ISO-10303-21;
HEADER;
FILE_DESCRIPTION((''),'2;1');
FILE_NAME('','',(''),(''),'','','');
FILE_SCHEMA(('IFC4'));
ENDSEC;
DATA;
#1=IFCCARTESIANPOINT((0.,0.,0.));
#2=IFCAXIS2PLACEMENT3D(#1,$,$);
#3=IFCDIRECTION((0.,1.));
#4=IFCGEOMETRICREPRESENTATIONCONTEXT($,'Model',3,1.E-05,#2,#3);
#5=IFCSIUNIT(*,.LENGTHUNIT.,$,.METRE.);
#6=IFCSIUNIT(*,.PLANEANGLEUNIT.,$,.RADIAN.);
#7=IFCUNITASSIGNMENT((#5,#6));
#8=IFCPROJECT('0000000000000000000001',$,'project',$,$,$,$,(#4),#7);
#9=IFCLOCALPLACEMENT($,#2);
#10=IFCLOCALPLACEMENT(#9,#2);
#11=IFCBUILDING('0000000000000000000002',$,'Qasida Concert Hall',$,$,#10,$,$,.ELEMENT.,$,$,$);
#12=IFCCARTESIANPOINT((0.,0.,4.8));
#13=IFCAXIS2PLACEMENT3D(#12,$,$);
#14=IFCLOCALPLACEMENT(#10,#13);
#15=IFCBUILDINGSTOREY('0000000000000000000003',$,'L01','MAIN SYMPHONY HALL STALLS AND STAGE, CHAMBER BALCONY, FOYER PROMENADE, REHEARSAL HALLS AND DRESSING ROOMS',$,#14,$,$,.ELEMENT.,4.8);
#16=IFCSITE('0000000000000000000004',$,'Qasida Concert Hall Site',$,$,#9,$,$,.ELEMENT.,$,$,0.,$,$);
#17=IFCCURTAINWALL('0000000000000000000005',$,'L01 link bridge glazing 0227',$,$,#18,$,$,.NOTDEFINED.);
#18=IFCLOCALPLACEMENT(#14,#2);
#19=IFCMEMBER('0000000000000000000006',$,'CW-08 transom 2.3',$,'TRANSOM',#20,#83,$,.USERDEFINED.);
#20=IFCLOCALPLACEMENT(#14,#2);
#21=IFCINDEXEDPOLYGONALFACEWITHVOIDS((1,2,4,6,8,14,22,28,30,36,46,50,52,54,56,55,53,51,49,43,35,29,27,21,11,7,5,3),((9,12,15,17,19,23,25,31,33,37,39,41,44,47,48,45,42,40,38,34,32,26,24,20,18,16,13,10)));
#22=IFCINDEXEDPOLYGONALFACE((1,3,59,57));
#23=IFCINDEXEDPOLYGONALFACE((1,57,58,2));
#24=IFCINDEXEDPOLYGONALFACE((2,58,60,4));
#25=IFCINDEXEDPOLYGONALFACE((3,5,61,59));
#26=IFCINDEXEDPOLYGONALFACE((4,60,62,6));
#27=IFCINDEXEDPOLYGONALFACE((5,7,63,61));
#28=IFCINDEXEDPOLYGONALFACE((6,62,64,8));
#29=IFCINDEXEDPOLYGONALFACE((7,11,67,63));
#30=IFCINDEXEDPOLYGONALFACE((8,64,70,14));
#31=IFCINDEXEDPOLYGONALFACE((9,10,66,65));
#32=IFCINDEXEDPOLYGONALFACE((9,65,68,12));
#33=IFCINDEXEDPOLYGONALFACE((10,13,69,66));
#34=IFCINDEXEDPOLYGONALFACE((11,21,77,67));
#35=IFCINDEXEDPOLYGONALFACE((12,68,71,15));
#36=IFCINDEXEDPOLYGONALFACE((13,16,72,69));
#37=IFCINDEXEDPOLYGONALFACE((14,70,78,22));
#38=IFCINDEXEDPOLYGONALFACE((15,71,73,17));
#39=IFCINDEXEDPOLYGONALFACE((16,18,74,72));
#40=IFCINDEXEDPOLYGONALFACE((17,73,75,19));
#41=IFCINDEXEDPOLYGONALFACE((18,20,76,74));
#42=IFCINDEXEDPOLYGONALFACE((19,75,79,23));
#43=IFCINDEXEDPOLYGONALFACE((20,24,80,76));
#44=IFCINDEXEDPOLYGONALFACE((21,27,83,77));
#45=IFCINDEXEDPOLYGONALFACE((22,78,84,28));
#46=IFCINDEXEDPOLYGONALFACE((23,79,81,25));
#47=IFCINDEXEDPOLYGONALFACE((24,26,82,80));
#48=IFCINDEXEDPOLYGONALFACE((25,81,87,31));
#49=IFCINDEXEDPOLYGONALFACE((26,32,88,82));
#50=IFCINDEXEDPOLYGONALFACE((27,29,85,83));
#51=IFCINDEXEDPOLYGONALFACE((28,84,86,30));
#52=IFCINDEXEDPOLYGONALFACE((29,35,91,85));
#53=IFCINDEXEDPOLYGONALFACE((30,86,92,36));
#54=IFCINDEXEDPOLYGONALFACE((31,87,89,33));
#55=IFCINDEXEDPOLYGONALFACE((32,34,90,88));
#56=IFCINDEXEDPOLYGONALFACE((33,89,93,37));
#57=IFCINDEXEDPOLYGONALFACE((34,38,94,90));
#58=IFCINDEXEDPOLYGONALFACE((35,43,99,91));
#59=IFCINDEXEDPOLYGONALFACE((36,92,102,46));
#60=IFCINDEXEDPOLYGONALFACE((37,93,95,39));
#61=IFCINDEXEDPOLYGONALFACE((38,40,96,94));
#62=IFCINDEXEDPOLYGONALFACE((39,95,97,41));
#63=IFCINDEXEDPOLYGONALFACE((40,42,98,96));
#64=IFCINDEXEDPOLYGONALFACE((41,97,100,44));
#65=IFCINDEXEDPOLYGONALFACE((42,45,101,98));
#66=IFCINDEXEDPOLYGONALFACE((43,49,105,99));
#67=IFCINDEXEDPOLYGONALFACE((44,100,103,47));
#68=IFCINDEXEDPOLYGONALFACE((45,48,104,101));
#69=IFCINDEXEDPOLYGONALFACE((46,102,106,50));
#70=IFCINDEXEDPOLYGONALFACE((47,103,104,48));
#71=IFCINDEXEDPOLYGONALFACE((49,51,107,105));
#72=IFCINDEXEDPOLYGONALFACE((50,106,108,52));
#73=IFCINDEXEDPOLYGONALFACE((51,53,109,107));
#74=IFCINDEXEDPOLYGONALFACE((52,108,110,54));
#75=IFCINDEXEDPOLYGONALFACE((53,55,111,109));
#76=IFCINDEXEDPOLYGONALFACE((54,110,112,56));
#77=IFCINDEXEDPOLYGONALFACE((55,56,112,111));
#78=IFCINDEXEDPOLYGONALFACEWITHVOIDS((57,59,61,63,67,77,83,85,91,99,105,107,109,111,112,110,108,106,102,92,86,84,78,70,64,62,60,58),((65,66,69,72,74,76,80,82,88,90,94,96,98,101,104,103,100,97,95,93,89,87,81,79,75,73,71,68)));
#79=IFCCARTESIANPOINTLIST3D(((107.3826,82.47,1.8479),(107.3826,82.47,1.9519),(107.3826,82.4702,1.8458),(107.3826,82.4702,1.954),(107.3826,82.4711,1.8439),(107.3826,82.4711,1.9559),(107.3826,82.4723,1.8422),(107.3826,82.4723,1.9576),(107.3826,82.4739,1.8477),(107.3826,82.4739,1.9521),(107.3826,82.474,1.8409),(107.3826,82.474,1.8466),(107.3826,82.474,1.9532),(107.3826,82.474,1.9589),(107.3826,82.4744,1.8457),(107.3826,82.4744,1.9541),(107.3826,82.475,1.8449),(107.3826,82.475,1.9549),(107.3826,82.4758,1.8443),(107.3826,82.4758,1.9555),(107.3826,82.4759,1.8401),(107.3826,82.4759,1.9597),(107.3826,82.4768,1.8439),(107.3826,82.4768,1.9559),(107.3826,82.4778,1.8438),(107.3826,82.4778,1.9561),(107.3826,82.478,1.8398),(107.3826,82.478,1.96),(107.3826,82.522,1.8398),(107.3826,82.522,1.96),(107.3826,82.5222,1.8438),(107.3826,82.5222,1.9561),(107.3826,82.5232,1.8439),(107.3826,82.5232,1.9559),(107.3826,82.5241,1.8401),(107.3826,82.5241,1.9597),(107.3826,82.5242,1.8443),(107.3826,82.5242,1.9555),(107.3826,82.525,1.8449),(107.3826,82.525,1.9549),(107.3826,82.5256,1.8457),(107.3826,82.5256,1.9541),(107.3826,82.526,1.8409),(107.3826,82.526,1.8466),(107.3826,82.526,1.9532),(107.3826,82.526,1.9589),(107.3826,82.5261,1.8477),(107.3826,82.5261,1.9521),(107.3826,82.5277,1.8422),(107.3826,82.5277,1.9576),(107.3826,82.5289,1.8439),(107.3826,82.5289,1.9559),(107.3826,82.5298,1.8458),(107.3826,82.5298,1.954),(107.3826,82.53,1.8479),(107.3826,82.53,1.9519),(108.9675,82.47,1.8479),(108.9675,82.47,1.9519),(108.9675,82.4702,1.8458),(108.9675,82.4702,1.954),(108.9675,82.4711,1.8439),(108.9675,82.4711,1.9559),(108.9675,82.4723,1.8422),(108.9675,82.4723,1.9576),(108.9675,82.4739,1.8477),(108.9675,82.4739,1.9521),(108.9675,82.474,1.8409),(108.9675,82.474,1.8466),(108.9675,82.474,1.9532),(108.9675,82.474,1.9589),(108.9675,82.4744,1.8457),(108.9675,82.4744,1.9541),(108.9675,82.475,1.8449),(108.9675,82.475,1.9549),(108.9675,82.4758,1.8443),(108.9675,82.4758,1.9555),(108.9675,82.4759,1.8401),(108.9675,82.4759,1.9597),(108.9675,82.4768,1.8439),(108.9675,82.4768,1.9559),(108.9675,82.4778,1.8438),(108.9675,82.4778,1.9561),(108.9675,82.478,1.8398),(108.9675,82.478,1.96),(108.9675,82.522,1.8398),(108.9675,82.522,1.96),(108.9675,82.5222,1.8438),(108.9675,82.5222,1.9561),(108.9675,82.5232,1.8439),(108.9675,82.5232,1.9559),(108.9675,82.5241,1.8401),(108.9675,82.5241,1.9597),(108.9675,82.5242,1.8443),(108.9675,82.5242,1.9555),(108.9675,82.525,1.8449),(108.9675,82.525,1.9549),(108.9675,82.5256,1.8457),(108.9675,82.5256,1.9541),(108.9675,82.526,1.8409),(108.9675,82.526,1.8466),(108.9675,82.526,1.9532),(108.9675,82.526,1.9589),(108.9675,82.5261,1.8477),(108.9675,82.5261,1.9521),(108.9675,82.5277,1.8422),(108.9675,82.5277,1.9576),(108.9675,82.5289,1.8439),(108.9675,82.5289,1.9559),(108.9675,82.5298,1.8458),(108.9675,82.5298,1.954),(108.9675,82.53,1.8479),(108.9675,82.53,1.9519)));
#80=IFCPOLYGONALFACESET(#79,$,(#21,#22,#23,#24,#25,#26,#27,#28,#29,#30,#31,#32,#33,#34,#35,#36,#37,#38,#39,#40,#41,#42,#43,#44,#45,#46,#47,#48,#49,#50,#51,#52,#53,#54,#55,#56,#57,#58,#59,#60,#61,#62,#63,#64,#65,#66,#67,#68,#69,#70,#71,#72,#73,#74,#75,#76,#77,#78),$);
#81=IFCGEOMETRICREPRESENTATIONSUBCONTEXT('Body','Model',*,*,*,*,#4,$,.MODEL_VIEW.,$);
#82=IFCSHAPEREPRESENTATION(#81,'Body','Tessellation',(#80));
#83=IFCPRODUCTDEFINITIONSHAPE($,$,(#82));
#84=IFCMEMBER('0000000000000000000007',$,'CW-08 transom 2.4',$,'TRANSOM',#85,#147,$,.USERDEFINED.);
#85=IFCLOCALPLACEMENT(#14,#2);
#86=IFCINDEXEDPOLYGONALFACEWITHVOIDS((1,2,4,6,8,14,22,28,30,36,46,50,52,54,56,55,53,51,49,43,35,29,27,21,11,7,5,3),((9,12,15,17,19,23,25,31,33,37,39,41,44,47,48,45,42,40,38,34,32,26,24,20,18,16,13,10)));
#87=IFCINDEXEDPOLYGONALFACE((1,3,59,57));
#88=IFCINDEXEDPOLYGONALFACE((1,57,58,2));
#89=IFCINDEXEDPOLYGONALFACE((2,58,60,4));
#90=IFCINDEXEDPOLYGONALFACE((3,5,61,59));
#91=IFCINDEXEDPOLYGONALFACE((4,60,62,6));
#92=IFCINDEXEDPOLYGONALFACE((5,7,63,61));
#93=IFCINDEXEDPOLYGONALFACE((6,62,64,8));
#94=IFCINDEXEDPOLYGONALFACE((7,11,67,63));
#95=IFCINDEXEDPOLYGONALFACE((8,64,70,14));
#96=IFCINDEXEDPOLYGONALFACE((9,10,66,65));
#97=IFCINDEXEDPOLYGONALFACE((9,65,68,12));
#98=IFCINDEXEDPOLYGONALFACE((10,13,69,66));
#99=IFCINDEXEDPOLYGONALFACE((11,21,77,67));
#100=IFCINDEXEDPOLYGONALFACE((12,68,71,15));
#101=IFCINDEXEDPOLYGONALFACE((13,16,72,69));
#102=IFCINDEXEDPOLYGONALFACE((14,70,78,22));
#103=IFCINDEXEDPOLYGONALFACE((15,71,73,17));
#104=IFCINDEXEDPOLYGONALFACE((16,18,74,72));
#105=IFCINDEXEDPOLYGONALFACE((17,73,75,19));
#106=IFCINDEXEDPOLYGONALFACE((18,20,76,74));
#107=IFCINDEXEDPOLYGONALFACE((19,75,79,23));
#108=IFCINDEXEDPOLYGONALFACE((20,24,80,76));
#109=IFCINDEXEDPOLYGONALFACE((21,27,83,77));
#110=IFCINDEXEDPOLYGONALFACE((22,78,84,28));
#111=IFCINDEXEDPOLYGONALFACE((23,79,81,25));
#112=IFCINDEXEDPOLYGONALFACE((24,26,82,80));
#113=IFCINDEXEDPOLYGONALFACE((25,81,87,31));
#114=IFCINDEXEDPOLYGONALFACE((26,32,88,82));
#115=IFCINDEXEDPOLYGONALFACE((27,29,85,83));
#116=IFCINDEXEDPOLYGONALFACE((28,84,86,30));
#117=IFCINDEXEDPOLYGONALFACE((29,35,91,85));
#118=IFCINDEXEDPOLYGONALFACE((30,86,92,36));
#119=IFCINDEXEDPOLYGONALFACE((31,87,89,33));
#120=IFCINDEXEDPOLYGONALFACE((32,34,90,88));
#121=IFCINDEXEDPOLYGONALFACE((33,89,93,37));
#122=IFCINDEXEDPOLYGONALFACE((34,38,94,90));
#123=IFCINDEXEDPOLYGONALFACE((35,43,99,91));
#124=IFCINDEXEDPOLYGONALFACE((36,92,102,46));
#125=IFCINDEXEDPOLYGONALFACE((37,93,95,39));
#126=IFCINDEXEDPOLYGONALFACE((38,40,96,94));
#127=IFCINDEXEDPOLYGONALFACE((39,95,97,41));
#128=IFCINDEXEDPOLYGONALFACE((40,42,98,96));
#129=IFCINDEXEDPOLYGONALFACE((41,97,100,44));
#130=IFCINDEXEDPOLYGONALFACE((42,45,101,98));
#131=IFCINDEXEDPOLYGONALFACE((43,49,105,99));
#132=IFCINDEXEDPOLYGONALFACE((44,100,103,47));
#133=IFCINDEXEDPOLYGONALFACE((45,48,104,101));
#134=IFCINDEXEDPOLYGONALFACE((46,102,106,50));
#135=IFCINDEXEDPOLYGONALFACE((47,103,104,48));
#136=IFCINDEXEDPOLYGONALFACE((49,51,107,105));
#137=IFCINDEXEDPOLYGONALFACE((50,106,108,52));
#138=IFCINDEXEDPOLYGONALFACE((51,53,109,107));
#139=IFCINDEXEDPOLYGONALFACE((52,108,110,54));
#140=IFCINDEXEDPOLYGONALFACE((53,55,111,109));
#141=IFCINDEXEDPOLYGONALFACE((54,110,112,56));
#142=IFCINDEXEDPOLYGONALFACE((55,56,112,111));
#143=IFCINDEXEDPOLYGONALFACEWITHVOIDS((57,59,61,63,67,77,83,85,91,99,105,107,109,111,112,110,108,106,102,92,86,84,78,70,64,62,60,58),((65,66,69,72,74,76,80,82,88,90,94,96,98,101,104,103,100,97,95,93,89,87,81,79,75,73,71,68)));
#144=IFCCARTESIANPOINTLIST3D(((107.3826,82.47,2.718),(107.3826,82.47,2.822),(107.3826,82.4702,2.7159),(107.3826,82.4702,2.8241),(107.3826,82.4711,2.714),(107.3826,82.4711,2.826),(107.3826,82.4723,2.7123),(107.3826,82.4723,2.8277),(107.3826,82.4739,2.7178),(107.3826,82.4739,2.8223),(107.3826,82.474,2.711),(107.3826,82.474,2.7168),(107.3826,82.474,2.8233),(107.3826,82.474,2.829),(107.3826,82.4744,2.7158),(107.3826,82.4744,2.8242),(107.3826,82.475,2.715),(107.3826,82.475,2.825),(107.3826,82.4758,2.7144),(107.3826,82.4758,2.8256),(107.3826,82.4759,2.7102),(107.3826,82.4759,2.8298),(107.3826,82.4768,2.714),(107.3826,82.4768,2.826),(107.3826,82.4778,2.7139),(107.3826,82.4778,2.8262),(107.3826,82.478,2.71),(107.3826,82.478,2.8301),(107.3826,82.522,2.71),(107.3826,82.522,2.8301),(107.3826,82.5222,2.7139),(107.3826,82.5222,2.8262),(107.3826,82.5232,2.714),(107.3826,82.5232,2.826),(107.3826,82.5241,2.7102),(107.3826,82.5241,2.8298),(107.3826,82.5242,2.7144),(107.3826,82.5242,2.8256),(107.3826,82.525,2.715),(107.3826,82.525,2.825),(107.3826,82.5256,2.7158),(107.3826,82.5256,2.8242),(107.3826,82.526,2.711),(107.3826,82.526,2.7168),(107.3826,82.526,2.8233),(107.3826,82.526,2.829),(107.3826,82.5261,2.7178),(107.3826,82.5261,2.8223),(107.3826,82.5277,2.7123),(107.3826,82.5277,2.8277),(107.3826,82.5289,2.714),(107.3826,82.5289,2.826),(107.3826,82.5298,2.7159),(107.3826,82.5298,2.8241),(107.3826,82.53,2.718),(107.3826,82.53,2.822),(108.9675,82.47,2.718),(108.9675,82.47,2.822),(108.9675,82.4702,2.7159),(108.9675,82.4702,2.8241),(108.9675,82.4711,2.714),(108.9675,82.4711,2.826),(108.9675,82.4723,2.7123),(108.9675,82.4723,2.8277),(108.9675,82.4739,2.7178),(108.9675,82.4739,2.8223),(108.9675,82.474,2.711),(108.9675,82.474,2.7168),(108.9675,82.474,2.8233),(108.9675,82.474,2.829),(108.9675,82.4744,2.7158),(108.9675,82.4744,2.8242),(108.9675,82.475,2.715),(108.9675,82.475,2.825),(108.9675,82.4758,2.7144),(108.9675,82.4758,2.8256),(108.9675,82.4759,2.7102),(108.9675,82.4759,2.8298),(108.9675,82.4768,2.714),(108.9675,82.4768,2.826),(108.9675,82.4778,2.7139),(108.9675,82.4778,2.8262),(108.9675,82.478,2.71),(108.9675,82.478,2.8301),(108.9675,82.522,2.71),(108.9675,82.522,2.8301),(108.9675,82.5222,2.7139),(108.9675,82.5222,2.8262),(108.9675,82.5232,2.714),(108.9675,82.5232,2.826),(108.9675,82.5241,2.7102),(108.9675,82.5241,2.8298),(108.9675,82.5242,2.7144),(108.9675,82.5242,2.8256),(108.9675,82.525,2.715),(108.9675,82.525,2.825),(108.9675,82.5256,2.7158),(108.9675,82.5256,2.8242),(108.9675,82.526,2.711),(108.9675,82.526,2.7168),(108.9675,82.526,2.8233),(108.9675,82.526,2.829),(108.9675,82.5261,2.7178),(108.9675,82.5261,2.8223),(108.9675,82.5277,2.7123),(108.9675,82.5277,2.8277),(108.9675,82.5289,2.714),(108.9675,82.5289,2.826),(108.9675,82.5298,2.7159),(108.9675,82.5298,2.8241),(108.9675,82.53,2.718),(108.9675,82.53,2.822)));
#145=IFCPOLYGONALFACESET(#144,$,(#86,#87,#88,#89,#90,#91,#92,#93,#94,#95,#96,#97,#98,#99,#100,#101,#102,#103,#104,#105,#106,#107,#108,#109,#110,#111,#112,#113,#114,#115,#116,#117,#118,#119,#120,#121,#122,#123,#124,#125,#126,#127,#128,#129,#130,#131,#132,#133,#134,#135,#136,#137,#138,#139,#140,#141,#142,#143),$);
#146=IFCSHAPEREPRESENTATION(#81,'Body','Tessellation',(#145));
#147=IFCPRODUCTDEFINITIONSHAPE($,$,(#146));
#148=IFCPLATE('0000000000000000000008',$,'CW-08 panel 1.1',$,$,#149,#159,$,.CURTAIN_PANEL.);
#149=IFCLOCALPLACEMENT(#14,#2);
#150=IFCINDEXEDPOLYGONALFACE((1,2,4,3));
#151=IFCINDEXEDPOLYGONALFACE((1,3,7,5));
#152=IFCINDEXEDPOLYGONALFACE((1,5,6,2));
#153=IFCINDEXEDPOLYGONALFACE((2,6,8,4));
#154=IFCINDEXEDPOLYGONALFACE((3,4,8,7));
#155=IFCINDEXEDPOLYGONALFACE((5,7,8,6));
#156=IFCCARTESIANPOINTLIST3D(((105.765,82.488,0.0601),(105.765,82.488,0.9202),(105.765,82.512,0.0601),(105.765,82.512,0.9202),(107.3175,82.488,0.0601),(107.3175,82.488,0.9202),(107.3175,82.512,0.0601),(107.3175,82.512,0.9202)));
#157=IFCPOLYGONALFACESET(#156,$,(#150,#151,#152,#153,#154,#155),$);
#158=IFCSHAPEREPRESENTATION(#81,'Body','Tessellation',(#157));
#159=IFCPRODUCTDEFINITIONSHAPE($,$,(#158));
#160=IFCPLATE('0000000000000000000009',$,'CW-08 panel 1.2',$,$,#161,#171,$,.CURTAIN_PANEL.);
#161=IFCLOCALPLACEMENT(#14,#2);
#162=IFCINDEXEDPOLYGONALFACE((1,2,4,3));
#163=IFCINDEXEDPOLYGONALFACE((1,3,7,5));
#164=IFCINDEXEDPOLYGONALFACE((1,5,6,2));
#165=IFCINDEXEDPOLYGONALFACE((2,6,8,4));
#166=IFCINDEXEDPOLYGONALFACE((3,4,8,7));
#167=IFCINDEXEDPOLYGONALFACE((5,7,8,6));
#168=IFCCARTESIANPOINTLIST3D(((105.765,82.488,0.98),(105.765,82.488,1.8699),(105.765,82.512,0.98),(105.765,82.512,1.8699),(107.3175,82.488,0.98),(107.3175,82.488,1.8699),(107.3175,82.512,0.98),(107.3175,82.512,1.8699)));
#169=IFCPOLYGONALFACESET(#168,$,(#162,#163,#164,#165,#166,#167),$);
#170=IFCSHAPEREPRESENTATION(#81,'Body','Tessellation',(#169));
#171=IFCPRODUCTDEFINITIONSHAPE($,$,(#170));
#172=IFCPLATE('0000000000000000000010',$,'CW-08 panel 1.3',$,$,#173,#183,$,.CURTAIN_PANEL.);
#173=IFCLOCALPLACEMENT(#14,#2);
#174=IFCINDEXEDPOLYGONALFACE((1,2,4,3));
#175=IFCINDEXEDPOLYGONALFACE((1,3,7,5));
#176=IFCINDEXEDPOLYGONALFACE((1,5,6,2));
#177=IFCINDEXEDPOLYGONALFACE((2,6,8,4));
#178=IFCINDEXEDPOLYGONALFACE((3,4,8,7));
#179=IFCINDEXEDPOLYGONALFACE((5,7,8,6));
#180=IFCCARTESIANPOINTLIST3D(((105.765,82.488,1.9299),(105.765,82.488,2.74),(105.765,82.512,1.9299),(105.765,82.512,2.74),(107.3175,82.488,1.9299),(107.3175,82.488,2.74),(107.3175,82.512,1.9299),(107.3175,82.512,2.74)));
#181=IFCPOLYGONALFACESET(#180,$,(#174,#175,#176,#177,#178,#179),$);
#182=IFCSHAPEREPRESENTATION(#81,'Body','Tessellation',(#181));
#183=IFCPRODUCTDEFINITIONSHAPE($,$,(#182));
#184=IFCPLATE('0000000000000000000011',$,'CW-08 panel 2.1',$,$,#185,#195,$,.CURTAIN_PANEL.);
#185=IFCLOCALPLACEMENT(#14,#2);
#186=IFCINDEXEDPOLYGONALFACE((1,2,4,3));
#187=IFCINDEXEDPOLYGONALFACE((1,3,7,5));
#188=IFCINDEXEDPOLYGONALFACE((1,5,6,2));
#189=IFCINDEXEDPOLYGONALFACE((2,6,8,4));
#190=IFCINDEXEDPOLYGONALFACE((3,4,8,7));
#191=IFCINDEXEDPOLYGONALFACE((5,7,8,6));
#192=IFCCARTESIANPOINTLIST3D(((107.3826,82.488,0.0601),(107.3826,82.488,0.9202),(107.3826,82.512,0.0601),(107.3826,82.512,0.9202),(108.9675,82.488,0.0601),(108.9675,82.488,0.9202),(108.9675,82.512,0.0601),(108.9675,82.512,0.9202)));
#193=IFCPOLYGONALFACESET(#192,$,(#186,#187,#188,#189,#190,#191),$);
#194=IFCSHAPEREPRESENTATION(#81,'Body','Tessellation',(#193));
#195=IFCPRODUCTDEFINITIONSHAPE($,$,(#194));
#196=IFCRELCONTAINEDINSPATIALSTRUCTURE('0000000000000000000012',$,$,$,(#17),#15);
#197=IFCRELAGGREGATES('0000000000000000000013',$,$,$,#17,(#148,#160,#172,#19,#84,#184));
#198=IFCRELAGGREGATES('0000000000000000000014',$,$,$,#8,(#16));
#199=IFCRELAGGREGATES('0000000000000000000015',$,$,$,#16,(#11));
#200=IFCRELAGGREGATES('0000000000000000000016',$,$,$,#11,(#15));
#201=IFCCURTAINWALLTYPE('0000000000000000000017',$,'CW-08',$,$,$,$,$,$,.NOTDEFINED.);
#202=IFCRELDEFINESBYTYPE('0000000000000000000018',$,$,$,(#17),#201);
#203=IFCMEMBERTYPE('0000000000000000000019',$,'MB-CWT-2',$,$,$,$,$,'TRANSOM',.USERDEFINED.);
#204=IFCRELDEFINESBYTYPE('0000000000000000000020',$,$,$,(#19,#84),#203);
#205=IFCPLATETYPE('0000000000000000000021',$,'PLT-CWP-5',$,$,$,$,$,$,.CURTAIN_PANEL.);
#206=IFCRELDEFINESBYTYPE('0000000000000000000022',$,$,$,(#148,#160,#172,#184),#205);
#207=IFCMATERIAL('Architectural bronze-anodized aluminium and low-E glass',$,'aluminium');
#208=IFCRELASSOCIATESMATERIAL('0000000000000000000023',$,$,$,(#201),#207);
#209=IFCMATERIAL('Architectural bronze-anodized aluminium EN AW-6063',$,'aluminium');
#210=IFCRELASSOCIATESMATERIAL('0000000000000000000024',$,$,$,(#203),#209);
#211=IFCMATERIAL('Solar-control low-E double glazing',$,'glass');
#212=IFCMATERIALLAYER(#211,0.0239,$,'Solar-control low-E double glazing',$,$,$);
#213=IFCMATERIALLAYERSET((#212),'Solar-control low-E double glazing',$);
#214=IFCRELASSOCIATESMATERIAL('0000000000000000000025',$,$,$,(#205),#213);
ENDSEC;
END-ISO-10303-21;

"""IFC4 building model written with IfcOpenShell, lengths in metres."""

from ifc_helpers import new_model, si_unit, direction, frame, origin, origin_2d, place, context, subcontext, project, spatial, rectangle, hollow_rectangle, extrude, material, layer, layer_set, material_profile, profile_set, type_object, element, aggregate, save


model = new_model("IFC4")

# Units and contexts
model_context = context("Model", 3, precision=1e-05, world=origin(), true_north=direction((0.0, 1.0)))
body_context = subcontext(model_context, "Body", "Model", "MODEL_VIEW")
ifc_project = project(units=[si_unit("LENGTHUNIT", "METRE"), si_unit("PLANEANGLEUNIT", "RADIAN")], contexts=[model_context])

# Site, building, storey
site_placement = place(None, origin())
site = spatial("IfcSite", under=ifc_project, at=site_placement, Name="Qasida Concert Hall Site", CompositionType="ELEMENT", RefElevation=0.0)
building_placement = place(site_placement, origin())
building = spatial("IfcBuilding", under=site, at=building_placement, Name="Qasida Concert Hall", CompositionType="ELEMENT")
storey_placement = place(building_placement, frame((0.0, 0.0, 4.8)))
storey = spatial("IfcBuildingStorey", under=building, at=storey_placement, Name="L01", Description="MAIN SYMPHONY HALL STALLS AND STAGE, CHAMBER BALCONY, FOYER PROMENADE, REHEARSAL HALLS AND DRESSING ROOMS", CompositionType="ELEMENT", Elevation=4.8)

# Curtain wall, members, plates
ifc_material_1 = material(Name="Architectural bronze-anodized aluminium and low-E glass", Category="aluminium")
curtain_wall_type = type_object("IfcCurtainWallType", Name="CW-08", PredefinedType="NOTDEFINED", material=ifc_material_1)
curtain_wall_placement = place(storey_placement, origin())
curtain_wall = element("IfcCurtainWall", 1, at=curtain_wall_placement, inside=storey, type_object=curtain_wall_type, Name="L01 link bridge glazing 0227", PredefinedType="NOTDEFINED")
ifc_material_2 = material(Name="Architectural bronze-anodized aluminium EN AW-6063", Category="aluminium")
ifc_material_profile_1 = material_profile(ifc_material_2, hollow_rectangle(XDim=0.0601, YDim=0.1201, WallThickness=0.0039, InnerFilletRadius=0.0039, OuterFilletRadius=0.0081, at=origin_2d()), Name="CWT 120x60x4")
ifc_profile_set_1 = profile_set([ifc_material_profile_1], Name="Architectural bronze-anodized aluminium EN AW-6063")
member_type_1 = type_object("IfcMemberType", Name="MB-CWT-2", ElementType="TRANSOM", PredefinedType="USERDEFINED", material=ifc_profile_set_1)
member_1_placement = place(storey_placement, frame((107.3826, 82.5, 1.8999), z_axis=(1.0, 0.0, 0.0), x_axis=(0.0, 1.0, 0.0)))
member_1 = element("IfcMember", 2, at=member_1_placement, type_object=member_type_1, Name="CW-08 transom 2.3", ObjectType="TRANSOM", PredefinedType="USERDEFINED", context=body_context, shape_type="SweptSolid", body=[
    extrude(hollow_rectangle(XDim=0.0601, YDim=0.1201, WallThickness=0.0039, InnerFilletRadius=0.0039, OuterFilletRadius=0.0081, at=origin_2d()), origin(), (0.0, 0.0, 1.0), 1.585),
])
member_2_placement = place(storey_placement, frame((107.3826, 82.5, 2.77), z_axis=(1.0, 0.0, 0.0), x_axis=(0.0, 1.0, 0.0)))
member_2 = element("IfcMember", 3, at=member_2_placement, type_object=member_type_1, Name="CW-08 transom 2.4", ObjectType="TRANSOM", PredefinedType="USERDEFINED", context=body_context, shape_type="SweptSolid", body=[
    extrude(hollow_rectangle(XDim=0.0601, YDim=0.1201, WallThickness=0.0039, InnerFilletRadius=0.0039, OuterFilletRadius=0.0081, at=origin_2d()), origin(), (0.0, 0.0, 1.0), 1.585),
])
ifc_material_3 = material(Name="Solar-control low-E double glazing", Category="glass")
ifc_layer_1 = layer(ifc_material_3, 0.0239, Name="Solar-control low-E double glazing")
ifc_layer_set_1 = layer_set([ifc_layer_1], Name="Solar-control low-E double glazing")
plate_type = type_object("IfcPlateType", Name="PLT-CWP-5", PredefinedType="CURTAIN_PANEL", material=ifc_layer_set_1)
plate_1_placement = place(storey_placement, frame((106.5413, 82.5, 0.0601), z_axis=(0.0, 0.0, 1.0), x_axis=(1.0, 0.0, 0.0)))
plate_1 = element("IfcPlate", 4, at=plate_1_placement, type_object=plate_type, Name="CW-08 panel 1.1", PredefinedType="CURTAIN_PANEL", context=body_context, shape_type="SweptSolid", body=[
    extrude(rectangle(XDim=1.5525, YDim=0.0239, at=origin_2d()), origin(), (0.0, 0.0, 1.0), 0.8601),
])
plate_2_placement = place(storey_placement, frame((106.5413, 82.5, 0.98), z_axis=(0.0, 0.0, 1.0), x_axis=(1.0, 0.0, 0.0)))
plate_2 = element("IfcPlate", 5, at=plate_2_placement, type_object=plate_type, Name="CW-08 panel 1.2", PredefinedType="CURTAIN_PANEL", context=body_context, shape_type="SweptSolid", body=[
    extrude(rectangle(XDim=1.5525, YDim=0.0239, at=origin_2d()), origin(), (0.0, 0.0, 1.0), 0.8899),
])
plate_3_placement = place(storey_placement, frame((106.5413, 82.5, 1.9299), z_axis=(0.0, 0.0, 1.0), x_axis=(1.0, 0.0, 0.0)))
plate_3 = element("IfcPlate", 6, at=plate_3_placement, type_object=plate_type, Name="CW-08 panel 1.3", PredefinedType="CURTAIN_PANEL", context=body_context, shape_type="SweptSolid", body=[
    extrude(rectangle(XDim=1.5525, YDim=0.0239, at=origin_2d()), origin(), (0.0, 0.0, 1.0), 0.8101),
])
plate_4_placement = place(storey_placement, frame((108.175, 82.5, 0.0601), z_axis=(0.0, 0.0, 1.0), x_axis=(1.0, 0.0, 0.0)))
plate_4 = element("IfcPlate", 7, at=plate_4_placement, type_object=plate_type, Name="CW-08 panel 2.1", PredefinedType="CURTAIN_PANEL", context=body_context, shape_type="SweptSolid", body=[
    extrude(rectangle(XDim=1.585, YDim=0.0239, at=origin_2d()), origin(), (0.0, 0.0, 1.0), 0.8601),
])
aggregate(curtain_wall, [plate_1, plate_2, plate_3, member_1, member_2, plate_4])

save(model, "model.ifc")
